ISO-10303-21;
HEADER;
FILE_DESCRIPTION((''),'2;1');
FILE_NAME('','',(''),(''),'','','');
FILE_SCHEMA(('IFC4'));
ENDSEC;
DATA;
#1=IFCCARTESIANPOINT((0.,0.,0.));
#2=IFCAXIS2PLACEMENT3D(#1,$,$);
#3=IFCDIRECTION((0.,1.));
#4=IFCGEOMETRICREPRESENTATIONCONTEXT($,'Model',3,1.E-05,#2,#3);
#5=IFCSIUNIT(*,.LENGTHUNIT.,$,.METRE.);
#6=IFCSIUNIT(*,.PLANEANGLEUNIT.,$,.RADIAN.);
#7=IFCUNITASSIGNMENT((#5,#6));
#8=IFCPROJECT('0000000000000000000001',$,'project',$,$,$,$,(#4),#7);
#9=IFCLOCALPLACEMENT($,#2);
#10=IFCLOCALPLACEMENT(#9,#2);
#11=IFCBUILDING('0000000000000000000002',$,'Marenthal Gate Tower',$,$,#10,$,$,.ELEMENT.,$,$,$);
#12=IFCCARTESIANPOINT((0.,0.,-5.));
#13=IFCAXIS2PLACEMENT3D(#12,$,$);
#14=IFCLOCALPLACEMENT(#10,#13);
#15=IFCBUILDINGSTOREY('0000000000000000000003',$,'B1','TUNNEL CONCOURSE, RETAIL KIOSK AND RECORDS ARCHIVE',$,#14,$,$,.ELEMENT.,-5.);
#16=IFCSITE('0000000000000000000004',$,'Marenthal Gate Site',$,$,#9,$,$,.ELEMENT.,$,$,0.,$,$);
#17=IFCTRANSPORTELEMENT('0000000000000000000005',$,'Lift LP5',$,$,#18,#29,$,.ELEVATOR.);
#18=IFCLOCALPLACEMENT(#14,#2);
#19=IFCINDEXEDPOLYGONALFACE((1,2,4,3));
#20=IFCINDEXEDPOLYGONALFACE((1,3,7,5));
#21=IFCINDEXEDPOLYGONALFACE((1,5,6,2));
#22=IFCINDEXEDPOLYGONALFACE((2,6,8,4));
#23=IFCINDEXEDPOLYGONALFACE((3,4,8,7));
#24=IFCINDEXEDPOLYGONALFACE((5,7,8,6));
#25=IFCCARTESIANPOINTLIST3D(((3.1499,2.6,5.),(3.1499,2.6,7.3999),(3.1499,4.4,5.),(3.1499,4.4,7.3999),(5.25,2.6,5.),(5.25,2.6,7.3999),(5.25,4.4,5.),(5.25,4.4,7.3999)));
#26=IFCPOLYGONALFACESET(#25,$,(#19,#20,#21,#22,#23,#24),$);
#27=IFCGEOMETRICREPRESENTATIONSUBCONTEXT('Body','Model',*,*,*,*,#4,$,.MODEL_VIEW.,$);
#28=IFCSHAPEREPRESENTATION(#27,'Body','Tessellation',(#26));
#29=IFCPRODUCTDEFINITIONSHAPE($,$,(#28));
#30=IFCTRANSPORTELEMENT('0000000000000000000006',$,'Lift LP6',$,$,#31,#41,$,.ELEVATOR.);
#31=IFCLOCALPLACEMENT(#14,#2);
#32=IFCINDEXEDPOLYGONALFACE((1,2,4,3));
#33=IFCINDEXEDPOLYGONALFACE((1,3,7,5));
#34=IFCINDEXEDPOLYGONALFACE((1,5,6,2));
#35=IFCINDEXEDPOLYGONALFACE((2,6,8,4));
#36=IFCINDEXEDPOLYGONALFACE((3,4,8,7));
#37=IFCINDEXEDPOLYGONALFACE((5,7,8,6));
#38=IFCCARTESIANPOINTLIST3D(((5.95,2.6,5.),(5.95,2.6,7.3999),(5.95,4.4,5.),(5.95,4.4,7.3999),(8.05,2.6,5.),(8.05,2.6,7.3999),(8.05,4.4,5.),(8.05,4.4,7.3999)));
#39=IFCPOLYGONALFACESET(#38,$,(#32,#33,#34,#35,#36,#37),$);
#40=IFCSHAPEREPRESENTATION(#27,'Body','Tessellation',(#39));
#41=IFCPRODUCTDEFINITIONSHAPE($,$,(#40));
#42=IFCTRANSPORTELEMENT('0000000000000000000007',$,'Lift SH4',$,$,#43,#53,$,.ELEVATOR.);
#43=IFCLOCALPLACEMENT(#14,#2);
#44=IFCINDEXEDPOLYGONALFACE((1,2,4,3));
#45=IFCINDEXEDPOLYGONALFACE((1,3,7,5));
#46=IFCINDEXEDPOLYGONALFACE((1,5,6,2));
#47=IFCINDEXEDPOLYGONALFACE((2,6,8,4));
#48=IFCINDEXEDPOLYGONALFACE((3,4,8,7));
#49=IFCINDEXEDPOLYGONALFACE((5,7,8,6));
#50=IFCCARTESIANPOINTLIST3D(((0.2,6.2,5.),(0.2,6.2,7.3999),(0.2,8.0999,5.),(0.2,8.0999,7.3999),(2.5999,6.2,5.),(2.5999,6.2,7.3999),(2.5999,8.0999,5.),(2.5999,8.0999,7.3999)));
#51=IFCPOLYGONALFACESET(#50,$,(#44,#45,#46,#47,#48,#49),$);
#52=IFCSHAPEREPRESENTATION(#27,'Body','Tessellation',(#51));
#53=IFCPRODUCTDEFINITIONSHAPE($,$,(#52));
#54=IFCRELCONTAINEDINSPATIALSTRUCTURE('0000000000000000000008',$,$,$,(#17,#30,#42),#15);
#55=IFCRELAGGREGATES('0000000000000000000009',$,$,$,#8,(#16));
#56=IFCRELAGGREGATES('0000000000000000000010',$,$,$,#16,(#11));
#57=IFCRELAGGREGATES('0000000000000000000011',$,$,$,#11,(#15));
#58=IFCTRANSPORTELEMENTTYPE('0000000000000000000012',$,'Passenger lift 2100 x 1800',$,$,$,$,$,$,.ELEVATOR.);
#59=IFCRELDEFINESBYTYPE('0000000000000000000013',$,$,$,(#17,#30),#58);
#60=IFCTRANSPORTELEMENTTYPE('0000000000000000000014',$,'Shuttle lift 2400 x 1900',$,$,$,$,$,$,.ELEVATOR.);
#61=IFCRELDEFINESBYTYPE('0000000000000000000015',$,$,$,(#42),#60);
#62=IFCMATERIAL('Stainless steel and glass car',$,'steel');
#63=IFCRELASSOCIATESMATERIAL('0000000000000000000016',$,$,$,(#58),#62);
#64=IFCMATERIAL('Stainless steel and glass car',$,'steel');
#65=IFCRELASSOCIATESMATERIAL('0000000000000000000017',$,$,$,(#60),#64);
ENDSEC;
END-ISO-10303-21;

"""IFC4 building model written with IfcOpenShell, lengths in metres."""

from ifc_helpers import new_model, si_unit, direction, frame, origin, origin_2d, place, context, subcontext, project, spatial, rectangle, extrude, material, type_object, element, save


model = new_model("IFC4")

# Units and contexts
model_context = context("Model", 3, precision=1e-05, world=origin(), true_north=direction((0.0, 1.0)))
body_context = subcontext(model_context, "Body", "Model", "MODEL_VIEW")
ifc_project = project(units=[si_unit("LENGTHUNIT", "METRE"), si_unit("PLANEANGLEUNIT", "RADIAN")], contexts=[model_context])

# Site, building, storey
site_placement = place(None, origin())
site = spatial("IfcSite", under=ifc_project, at=site_placement, Name="Marenthal Gate Site", CompositionType="ELEMENT", RefElevation=0.0)
building_placement = place(site_placement, origin())
building = spatial("IfcBuilding", under=site, at=building_placement, Name="Marenthal Gate Tower", CompositionType="ELEMENT")
storey_placement = place(building_placement, frame((0.0, 0.0, -5.0)))
storey = spatial("IfcBuildingStorey", under=building, at=storey_placement, Name="B1", Description="TUNNEL CONCOURSE, RETAIL KIOSK AND RECORDS ARCHIVE", CompositionType="ELEMENT", Elevation=-5.0)

# Transport elements
ifc_material_1 = material(Name="Stainless steel and glass car", Category="steel")
transport_element_type_1 = type_object("IfcTransportElementType", Name="Passenger lift 2100 x 1800", PredefinedType="ELEVATOR", material=ifc_material_1)
for number, where, z_axis, x_axis, name in (
    (1, (4.2, 3.5, 5.0), (0.0, 0.0, 1.0), (1.0, 0.0, 0.0), "Lift LP5"),
    (2, (7.0, 3.5, 5.0), (0.0, 0.0, 1.0), (1.0, 0.0, 0.0), "Lift LP6"),
):
    element("IfcTransportElement", number, at=place(storey_placement, frame(where, z_axis=z_axis, x_axis=x_axis)), inside=storey, type_object=transport_element_type_1, Name=name, PredefinedType="ELEVATOR", context=body_context, shape_type="SweptSolid", body=[
        extrude(rectangle(XDim=2.1001, YDim=1.8, at=origin_2d()), origin(), (0.0, 0.0, 1.0), 2.3999),
    ])
ifc_material_2 = material(Name="Stainless steel and glass car", Category="steel")
transport_element_type_2 = type_object("IfcTransportElementType", Name="Shuttle lift 2400 x 1900", PredefinedType="ELEVATOR", material=ifc_material_2)
transport_element_placement = place(storey_placement, frame((1.3999, 7.1499, 5.0), z_axis=(0.0, 0.0, 1.0), x_axis=(1.0, 0.0, 0.0)))
element("IfcTransportElement", 3, at=transport_element_placement, inside=storey, type_object=transport_element_type_2, Name="Lift SH4", PredefinedType="ELEVATOR", context=body_context, shape_type="SweptSolid", body=[
    extrude(rectangle(XDim=2.3999, YDim=1.8999, at=origin_2d()), origin(), (0.0, 0.0, 1.0), 2.3999),
])

save(model, "model.ifc")
